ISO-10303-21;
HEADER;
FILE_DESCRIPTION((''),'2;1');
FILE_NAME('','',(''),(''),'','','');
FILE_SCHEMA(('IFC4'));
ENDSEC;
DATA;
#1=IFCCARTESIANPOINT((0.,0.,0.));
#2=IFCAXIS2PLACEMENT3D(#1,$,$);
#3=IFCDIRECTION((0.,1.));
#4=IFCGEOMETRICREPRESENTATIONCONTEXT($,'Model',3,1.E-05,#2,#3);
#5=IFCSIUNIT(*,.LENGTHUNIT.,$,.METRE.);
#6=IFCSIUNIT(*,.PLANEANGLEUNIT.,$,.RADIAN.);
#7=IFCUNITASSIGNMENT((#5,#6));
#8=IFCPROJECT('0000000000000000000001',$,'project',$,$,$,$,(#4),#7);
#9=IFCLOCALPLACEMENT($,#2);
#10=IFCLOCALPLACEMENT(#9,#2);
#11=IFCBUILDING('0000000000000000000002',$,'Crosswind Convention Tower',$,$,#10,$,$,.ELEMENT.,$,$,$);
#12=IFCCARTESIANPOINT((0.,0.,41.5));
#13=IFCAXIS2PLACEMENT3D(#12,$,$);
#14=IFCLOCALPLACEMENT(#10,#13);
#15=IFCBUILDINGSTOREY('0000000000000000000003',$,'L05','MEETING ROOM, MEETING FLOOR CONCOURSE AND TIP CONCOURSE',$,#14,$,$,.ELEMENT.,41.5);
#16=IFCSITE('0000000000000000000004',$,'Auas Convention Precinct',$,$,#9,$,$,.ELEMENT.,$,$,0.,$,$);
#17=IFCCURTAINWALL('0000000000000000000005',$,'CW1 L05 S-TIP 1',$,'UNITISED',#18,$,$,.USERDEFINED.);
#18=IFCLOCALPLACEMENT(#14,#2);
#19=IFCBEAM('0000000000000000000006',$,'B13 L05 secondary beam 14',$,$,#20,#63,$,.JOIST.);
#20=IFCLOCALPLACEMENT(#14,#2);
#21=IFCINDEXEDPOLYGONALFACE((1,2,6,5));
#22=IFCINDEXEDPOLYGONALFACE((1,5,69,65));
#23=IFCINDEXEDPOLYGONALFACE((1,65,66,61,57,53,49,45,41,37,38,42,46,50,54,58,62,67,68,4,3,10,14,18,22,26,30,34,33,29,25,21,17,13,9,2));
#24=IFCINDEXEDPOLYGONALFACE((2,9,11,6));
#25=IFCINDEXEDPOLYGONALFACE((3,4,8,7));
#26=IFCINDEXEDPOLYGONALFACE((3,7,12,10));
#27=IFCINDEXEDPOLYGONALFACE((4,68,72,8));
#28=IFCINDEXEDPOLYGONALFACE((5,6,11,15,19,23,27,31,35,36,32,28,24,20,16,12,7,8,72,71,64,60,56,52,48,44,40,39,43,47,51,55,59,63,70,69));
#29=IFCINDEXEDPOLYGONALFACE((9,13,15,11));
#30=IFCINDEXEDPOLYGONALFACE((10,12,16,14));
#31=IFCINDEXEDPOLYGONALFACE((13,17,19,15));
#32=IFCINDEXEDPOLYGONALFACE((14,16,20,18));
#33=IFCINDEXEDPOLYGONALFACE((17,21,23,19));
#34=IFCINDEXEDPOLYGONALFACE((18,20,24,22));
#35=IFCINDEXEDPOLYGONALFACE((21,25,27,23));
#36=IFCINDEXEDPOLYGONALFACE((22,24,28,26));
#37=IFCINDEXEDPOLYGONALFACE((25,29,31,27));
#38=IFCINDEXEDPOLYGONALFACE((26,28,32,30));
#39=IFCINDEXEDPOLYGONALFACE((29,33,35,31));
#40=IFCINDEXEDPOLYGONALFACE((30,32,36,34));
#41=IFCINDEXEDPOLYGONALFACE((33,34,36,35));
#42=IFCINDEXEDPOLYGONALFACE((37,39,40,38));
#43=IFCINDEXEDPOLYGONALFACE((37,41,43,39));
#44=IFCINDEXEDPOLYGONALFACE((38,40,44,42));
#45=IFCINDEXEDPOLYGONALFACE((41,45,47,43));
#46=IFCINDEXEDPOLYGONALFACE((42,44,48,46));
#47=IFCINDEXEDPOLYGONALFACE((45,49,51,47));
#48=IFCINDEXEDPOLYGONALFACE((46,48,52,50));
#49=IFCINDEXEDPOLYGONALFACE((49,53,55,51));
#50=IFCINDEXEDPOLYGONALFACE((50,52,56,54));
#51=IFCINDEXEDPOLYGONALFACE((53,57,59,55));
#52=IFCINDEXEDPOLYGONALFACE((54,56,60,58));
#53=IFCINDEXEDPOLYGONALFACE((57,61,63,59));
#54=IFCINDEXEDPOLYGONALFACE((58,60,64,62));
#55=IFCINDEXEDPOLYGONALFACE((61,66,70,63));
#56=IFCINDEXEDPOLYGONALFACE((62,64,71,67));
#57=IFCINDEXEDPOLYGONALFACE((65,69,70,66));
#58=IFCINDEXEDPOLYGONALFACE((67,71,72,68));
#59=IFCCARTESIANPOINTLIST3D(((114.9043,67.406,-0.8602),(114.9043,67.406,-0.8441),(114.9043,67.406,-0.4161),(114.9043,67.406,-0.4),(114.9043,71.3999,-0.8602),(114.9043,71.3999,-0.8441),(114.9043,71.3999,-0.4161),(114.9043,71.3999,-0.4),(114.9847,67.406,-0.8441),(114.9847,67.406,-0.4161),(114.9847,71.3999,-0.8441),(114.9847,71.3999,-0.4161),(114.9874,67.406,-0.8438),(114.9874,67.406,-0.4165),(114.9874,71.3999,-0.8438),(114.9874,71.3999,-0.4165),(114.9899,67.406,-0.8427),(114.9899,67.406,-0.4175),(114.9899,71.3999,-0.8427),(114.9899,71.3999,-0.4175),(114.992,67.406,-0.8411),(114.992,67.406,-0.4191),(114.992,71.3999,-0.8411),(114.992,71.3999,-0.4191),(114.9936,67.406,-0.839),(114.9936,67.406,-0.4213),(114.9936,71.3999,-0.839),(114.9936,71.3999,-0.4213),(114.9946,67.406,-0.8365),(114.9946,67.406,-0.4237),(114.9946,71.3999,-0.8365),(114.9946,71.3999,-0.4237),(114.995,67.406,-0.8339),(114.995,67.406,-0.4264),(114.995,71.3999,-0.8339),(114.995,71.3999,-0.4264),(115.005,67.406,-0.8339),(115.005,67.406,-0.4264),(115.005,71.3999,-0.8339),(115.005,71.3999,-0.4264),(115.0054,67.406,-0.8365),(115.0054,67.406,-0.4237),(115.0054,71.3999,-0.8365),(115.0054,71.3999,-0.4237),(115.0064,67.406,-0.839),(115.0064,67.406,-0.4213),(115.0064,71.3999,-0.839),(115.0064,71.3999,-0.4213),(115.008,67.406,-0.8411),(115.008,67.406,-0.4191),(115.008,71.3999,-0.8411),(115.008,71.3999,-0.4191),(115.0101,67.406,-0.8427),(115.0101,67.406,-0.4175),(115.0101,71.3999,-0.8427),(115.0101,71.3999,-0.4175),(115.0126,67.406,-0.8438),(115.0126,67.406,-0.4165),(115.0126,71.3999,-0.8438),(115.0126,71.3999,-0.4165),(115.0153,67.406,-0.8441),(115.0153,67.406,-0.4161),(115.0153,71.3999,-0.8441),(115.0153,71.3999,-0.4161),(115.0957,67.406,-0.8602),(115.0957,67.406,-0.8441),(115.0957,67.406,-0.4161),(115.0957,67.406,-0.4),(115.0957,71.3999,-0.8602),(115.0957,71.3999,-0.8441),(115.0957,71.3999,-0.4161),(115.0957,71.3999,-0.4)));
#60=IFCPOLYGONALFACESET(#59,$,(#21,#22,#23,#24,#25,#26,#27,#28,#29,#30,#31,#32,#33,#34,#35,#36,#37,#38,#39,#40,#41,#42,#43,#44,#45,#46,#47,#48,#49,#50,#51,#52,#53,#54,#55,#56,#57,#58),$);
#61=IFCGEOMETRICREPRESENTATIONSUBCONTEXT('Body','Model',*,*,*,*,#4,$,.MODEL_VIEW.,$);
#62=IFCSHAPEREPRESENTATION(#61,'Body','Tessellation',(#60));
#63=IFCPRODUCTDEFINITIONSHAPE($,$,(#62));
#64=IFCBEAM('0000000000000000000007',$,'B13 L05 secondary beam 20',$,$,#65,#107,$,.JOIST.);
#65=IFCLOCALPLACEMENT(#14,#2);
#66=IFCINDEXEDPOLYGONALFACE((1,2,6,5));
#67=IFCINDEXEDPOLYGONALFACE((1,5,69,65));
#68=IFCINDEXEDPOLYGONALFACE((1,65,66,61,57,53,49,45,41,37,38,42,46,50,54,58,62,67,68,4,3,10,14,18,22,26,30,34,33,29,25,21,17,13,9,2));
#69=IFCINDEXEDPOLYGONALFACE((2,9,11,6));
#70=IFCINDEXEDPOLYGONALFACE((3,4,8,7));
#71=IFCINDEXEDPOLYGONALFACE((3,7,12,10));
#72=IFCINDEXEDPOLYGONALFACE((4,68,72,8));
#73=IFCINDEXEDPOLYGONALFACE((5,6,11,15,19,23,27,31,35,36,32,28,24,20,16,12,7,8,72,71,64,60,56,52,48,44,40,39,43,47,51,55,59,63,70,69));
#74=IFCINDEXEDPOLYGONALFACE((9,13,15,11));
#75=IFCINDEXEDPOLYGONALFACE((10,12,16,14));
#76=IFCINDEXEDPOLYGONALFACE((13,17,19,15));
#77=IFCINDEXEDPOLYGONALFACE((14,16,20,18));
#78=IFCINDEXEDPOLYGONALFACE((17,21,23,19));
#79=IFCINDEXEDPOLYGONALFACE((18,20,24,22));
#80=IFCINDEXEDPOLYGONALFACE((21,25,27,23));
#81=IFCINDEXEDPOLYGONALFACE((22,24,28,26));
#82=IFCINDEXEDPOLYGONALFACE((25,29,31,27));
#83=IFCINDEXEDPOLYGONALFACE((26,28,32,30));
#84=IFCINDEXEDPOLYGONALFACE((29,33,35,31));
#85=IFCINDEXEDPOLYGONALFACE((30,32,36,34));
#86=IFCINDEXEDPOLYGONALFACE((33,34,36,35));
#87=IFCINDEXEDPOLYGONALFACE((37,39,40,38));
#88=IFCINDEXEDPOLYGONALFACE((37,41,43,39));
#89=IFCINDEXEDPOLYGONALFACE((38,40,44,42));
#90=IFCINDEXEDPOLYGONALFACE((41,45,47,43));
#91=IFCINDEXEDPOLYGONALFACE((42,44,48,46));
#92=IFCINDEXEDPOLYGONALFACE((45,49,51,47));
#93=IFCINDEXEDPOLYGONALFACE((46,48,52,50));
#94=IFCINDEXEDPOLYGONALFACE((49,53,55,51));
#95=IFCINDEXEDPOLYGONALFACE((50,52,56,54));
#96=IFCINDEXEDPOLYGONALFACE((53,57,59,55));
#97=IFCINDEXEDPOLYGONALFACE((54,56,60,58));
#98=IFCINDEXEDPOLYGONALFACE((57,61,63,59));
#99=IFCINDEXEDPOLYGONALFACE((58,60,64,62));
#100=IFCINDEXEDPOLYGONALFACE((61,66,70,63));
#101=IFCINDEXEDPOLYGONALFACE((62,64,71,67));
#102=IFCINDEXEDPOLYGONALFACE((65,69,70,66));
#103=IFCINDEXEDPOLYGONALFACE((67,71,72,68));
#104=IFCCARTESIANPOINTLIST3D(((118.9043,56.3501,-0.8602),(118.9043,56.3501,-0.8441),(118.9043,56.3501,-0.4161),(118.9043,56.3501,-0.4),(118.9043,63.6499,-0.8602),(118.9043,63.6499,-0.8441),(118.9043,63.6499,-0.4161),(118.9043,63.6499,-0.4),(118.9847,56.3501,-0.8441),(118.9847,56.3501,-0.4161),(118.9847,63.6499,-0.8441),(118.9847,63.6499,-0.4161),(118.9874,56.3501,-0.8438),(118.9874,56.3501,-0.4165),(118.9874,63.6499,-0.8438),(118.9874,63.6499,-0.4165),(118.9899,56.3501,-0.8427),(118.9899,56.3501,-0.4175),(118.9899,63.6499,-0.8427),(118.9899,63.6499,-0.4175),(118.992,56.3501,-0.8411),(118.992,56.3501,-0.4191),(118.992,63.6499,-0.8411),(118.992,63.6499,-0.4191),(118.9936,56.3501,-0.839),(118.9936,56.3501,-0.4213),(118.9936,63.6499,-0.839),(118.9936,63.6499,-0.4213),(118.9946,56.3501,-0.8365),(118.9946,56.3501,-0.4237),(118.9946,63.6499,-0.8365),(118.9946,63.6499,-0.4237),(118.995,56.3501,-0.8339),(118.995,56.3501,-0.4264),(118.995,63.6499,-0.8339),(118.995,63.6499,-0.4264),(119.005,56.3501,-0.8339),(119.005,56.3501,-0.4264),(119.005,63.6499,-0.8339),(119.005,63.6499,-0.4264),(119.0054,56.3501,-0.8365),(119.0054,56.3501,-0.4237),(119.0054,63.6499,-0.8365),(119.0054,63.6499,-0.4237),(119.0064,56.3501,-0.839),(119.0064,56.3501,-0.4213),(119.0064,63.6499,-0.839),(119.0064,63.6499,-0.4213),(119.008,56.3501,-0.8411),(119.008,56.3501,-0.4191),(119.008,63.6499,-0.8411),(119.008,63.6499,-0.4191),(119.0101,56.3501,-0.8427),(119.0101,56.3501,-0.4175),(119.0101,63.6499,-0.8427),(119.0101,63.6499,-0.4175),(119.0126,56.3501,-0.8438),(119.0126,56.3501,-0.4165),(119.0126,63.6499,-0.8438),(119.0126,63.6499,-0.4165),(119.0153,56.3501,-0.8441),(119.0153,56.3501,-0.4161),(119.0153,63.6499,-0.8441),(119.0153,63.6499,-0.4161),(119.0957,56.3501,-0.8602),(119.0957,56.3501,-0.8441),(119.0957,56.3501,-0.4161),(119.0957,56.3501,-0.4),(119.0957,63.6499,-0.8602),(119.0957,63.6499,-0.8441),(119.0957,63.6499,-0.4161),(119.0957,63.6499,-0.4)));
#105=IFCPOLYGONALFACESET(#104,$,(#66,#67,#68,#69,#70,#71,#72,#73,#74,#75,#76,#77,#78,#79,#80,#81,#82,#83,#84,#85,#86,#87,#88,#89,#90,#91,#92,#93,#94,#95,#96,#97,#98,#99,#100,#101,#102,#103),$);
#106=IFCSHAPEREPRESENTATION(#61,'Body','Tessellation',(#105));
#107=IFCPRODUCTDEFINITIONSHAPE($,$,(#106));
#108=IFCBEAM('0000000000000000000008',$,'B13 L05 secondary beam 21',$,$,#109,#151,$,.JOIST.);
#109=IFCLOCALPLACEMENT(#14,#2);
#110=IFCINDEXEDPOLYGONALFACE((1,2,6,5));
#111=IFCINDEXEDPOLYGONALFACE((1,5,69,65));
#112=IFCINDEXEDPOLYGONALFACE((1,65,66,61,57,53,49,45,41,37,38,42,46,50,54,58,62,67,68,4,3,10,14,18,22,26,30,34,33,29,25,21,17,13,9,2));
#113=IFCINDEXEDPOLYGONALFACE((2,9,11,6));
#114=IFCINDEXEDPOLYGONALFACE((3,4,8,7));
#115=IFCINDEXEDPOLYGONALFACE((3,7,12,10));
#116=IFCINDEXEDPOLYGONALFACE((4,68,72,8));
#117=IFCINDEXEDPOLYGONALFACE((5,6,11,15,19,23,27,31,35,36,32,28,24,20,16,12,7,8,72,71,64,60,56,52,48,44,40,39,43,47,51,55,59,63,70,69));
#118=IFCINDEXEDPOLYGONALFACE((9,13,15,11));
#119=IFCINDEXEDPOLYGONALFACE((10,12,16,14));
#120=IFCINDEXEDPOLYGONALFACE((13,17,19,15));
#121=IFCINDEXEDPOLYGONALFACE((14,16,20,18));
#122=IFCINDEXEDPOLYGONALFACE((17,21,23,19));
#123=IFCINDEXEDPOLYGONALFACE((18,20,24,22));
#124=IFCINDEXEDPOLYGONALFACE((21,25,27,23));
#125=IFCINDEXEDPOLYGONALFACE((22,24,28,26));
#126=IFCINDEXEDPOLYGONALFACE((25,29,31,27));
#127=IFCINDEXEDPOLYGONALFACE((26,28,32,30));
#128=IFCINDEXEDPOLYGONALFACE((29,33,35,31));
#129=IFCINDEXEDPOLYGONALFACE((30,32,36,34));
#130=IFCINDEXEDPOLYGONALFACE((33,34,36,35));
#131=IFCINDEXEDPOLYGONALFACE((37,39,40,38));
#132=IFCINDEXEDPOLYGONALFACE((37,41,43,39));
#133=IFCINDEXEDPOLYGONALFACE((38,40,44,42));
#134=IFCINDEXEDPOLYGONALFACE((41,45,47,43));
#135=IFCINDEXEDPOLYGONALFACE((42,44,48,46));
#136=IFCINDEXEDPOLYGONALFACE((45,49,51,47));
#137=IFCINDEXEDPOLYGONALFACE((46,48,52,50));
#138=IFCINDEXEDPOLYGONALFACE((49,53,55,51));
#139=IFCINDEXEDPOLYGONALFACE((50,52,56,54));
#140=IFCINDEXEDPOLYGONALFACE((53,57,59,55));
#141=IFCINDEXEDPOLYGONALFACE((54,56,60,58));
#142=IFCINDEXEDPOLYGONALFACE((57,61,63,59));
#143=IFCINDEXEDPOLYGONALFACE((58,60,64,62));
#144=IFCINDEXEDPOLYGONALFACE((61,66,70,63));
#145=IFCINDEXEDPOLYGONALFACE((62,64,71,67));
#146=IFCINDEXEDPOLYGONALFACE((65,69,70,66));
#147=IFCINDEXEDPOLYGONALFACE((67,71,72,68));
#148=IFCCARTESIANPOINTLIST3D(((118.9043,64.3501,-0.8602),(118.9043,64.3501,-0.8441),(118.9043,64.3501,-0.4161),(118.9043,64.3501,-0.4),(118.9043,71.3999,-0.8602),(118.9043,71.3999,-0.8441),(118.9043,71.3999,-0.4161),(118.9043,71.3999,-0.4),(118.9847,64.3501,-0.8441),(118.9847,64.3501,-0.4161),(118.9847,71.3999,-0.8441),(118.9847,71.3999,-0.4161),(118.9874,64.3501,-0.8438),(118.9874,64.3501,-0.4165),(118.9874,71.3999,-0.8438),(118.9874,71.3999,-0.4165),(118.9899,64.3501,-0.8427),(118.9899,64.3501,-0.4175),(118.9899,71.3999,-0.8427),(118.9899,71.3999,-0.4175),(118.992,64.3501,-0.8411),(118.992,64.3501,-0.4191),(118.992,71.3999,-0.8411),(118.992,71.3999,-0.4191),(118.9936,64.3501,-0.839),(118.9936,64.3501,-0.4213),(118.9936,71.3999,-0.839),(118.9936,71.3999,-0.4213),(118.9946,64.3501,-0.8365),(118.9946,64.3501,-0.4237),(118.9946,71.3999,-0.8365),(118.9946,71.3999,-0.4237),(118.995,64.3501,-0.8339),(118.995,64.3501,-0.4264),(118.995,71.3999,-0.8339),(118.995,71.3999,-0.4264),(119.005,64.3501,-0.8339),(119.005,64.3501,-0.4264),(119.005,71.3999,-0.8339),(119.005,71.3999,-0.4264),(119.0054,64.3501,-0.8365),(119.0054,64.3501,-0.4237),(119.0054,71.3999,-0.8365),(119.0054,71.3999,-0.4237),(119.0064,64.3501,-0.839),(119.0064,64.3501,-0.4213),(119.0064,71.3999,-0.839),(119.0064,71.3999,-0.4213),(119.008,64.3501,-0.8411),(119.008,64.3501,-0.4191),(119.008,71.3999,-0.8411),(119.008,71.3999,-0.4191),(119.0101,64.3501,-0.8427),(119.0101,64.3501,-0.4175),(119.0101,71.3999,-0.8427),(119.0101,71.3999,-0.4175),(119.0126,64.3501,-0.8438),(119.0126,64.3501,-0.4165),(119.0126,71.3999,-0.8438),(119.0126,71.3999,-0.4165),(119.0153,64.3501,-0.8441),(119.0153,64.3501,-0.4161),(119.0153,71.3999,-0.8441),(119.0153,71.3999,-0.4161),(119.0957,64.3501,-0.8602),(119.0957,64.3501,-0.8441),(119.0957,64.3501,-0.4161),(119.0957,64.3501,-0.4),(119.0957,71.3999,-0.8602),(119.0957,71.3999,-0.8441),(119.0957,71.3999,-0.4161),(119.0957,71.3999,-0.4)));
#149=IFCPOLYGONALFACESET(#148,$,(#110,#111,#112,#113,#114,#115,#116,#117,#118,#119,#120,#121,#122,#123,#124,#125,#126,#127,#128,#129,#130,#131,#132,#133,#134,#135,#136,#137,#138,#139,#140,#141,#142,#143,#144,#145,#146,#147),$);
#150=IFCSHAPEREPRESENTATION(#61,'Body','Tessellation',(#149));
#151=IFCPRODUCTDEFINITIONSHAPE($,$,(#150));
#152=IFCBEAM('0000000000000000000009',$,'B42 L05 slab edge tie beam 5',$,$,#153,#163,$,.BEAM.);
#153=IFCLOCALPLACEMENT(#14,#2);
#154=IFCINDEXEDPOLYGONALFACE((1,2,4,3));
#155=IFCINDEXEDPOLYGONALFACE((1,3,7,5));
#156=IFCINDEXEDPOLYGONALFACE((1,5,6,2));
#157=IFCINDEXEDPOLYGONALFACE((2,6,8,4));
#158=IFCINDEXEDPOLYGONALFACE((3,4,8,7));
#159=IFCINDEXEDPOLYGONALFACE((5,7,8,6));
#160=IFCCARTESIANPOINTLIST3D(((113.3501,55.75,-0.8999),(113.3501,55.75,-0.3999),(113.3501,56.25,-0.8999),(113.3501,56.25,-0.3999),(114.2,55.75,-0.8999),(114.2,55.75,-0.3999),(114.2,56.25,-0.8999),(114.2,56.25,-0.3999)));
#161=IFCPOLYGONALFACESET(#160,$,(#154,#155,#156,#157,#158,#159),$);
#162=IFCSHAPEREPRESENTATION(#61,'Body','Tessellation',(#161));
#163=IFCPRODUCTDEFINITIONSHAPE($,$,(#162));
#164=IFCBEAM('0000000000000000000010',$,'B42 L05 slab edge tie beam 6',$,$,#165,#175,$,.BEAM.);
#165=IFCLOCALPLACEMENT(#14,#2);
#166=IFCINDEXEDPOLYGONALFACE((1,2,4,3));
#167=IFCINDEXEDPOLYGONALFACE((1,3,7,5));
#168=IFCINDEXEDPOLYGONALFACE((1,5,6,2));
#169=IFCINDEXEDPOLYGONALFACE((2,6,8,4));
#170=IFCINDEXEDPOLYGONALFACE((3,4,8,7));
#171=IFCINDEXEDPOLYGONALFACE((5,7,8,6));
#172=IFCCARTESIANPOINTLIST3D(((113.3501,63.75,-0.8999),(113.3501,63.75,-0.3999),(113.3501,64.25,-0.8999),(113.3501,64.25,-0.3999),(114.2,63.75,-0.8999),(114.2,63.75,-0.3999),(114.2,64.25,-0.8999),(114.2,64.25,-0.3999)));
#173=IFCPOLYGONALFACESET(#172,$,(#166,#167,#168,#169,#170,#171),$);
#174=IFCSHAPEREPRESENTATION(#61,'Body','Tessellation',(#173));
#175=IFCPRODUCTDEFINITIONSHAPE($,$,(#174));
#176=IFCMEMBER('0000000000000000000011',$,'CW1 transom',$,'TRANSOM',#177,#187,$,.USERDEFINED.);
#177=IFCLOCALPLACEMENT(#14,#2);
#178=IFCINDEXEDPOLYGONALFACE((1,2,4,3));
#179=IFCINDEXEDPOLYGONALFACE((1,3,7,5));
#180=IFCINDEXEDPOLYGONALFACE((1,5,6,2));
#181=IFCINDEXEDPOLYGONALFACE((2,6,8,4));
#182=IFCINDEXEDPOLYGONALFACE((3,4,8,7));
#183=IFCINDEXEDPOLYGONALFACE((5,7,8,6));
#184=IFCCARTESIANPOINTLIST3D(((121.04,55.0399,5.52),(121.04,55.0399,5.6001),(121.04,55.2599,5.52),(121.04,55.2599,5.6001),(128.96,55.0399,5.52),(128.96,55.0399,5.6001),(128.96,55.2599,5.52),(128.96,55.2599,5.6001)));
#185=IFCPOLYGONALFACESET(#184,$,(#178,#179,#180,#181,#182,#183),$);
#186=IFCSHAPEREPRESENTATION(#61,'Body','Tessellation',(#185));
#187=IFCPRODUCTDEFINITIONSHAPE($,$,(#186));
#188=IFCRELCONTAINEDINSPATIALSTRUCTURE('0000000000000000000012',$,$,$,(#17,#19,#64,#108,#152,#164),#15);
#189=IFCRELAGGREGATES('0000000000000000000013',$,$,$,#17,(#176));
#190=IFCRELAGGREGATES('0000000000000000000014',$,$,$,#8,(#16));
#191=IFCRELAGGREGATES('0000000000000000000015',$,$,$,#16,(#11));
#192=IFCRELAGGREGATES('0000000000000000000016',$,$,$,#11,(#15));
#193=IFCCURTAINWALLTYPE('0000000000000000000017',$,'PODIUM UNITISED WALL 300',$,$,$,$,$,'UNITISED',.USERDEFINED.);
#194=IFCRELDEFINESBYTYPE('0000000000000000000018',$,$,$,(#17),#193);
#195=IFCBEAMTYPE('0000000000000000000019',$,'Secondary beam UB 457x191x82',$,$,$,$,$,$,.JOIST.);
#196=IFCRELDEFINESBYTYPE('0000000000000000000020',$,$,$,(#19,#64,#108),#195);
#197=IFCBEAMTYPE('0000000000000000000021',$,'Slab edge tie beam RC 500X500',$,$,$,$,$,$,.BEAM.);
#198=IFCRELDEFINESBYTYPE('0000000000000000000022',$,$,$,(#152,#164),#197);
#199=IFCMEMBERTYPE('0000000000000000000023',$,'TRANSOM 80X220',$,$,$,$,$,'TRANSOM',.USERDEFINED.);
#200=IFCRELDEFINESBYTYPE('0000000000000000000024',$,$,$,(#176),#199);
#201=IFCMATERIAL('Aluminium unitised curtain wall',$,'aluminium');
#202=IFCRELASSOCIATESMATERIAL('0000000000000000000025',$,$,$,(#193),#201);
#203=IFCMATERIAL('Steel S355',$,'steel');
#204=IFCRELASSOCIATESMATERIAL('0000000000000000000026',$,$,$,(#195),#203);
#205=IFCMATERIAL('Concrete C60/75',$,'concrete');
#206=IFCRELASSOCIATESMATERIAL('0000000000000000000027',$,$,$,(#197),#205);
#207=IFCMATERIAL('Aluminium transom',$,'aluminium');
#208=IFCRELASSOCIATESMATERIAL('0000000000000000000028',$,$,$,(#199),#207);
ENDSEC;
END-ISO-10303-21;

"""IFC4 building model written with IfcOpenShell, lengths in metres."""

from ifc_helpers import new_model, si_unit, direction, frame, origin, origin_2d, place, context, subcontext, project, spatial, rectangle, i_section, extrude, material, material_profile, profile_set, type_object, element, aggregate, save


model = new_model("IFC4")

# Units and contexts
model_context = context("Model", 3, precision=1e-05, world=origin(), true_north=direction((0.0, 1.0)))
body_context = subcontext(model_context, "Body", "Model", "MODEL_VIEW")
ifc_project = project(units=[si_unit("LENGTHUNIT", "METRE"), si_unit("PLANEANGLEUNIT", "RADIAN")], contexts=[model_context])

# Site, building, storey
site_placement = place(None, origin())
site = spatial("IfcSite", under=ifc_project, at=site_placement, Name="Auas Convention Precinct", CompositionType="ELEMENT", RefElevation=0.0)
building_placement = place(site_placement, origin())
building = spatial("IfcBuilding", under=site, at=building_placement, Name="Crosswind Convention Tower", CompositionType="ELEMENT")
storey_placement = place(building_placement, frame((0.0, 0.0, 41.5)))
storey = spatial("IfcBuildingStorey", under=building, at=storey_placement, Name="L05", Description="MEETING ROOM, MEETING FLOOR CONCOURSE AND TIP CONCOURSE", CompositionType="ELEMENT", Elevation=41.5)

# Shared definitions
ifc_material_1 = material(Name="Concrete C60/75", Category="concrete")

# Shared definitions
ifc_material_2 = material(Name="Steel S355", Category="steel")

# Shared definitions
ifc_material_3 = material(Name="Aluminium unitised curtain wall", Category="aluminium")
curtain_wall_type = type_object("IfcCurtainWallType", Name="PODIUM UNITISED WALL 300", ElementType="UNITISED", PredefinedType="USERDEFINED", material=ifc_material_3)

# Curtain wall
curtain_wall_1_placement = place(storey_placement, origin())
curtain_wall_1 = element("IfcCurtainWall", 1, at=curtain_wall_1_placement, inside=storey, type_object=curtain_wall_type, Name="CW1 L05 S-TIP 1", ObjectType="UNITISED", PredefinedType="USERDEFINED")

# Beams
ifc_material_profile_1 = material_profile(ifc_material_2, i_section(OverallWidth=0.1914, OverallDepth=0.4602, WebThickness=0.01, FlangeThickness=0.0161, FilletRadius=0.0103, at=origin_2d()), Name="UB 457x191x82")
ifc_profile_set_1 = profile_set([ifc_material_profile_1], Name="Steel S355")
beam_type_1 = type_object("IfcBeamType", Name="Secondary beam UB 457x191x82", PredefinedType="JOIST", material=ifc_profile_set_1)
beam_1_placement = place(storey_placement, frame((115.0, 67.406, -0.6301), z_axis=(0.0, 1.0, 0.0), x_axis=(-1.0, 0.0, 0.0)))
element("IfcBeam", 2, at=beam_1_placement, inside=storey, type_object=beam_type_1, Name="B13 L05 secondary beam 14", PredefinedType="JOIST", context=body_context, shape_type="SweptSolid", body=[
    extrude(i_section(OverallWidth=0.1914, OverallDepth=0.4602, WebThickness=0.01, FlangeThickness=0.0161, FilletRadius=0.0103, at=origin_2d()), origin(), (0.0, 0.0, 1.0), 3.9939),
])
beam_2_placement = place(storey_placement, frame((119.0, 56.3501, -0.6301), z_axis=(0.0, 1.0, 0.0), x_axis=(-1.0, 0.0, 0.0)))
element("IfcBeam", 3, at=beam_2_placement, inside=storey, type_object=beam_type_1, Name="B13 L05 secondary beam 20", PredefinedType="JOIST", context=body_context, shape_type="SweptSolid", body=[
    extrude(i_section(OverallWidth=0.1914, OverallDepth=0.4602, WebThickness=0.01, FlangeThickness=0.0161, FilletRadius=0.0103, at=origin_2d()), origin(), (0.0, 0.0, 1.0), 7.2998),
])
beam_3_placement = place(storey_placement, frame((119.0, 64.3501, -0.6301), z_axis=(0.0, 1.0, 0.0), x_axis=(-1.0, 0.0, 0.0)))
element("IfcBeam", 4, at=beam_3_placement, inside=storey, type_object=beam_type_1, Name="B13 L05 secondary beam 21", PredefinedType="JOIST", context=body_context, shape_type="SweptSolid", body=[
    extrude(i_section(OverallWidth=0.1914, OverallDepth=0.4602, WebThickness=0.01, FlangeThickness=0.0161, FilletRadius=0.0103, at=origin_2d()), origin(), (0.0, 0.0, 1.0), 7.0498),
])
ifc_material_profile_2 = material_profile(ifc_material_1, rectangle(XDim=0.5, YDim=0.5, at=origin_2d()), Name="RC 500X500")
ifc_profile_set_2 = profile_set([ifc_material_profile_2], Name="Concrete C60/75")
beam_type_2 = type_object("IfcBeamType", Name="Slab edge tie beam RC 500X500", PredefinedType="BEAM", material=ifc_profile_set_2)
for number, where, z_axis, x_axis, name in (
    (5, (113.3501, 56.0, -0.6499), (1.0, 0.0, 0.0), (0.0, 1.0, 0.0), "B42 L05 slab edge tie beam 5"),
    (6, (113.3501, 64.0, -0.6499), (1.0, 0.0, 0.0), (0.0, 1.0, 0.0), "B42 L05 slab edge tie beam 6"),
):
    element("IfcBeam", number, at=place(storey_placement, frame(where, z_axis=z_axis, x_axis=x_axis)), inside=storey, type_object=beam_type_2, Name=name, PredefinedType="BEAM", context=body_context, shape_type="SweptSolid", body=[
        extrude(rectangle(XDim=0.5, YDim=0.5, at=origin_2d()), origin(), (0.0, 0.0, 1.0), 0.8499),
    ])

# Member
ifc_material_4 = material(Name="Aluminium transom", Category="aluminium")
ifc_material_profile_3 = material_profile(ifc_material_4, rectangle(XDim=0.22, YDim=0.0801, at=origin_2d()), Name="AL 220X80")
ifc_profile_set_3 = profile_set([ifc_material_profile_3], Name="Aluminium transom")
member_type_1 = type_object("IfcMemberType", Name="TRANSOM 80X220", ElementType="TRANSOM", PredefinedType="USERDEFINED", material=ifc_profile_set_3)
member_1_placement = place(storey_placement, frame((121.04, 55.1499, 5.5601), z_axis=(1.0, 0.0, 0.0), x_axis=(0.0, 1.0, 0.0)))
member_1 = element("IfcMember", 7, at=member_1_placement, type_object=member_type_1, Name="CW1 transom", ObjectType="TRANSOM", PredefinedType="USERDEFINED", context=body_context, shape_type="SweptSolid", body=[
    extrude(rectangle(XDim=0.22, YDim=0.0801, at=origin_2d()), origin(), (0.0, 0.0, 1.0), 7.9199),
])

aggregate(curtain_wall_1, [member_1])

save(model, "model.ifc")
